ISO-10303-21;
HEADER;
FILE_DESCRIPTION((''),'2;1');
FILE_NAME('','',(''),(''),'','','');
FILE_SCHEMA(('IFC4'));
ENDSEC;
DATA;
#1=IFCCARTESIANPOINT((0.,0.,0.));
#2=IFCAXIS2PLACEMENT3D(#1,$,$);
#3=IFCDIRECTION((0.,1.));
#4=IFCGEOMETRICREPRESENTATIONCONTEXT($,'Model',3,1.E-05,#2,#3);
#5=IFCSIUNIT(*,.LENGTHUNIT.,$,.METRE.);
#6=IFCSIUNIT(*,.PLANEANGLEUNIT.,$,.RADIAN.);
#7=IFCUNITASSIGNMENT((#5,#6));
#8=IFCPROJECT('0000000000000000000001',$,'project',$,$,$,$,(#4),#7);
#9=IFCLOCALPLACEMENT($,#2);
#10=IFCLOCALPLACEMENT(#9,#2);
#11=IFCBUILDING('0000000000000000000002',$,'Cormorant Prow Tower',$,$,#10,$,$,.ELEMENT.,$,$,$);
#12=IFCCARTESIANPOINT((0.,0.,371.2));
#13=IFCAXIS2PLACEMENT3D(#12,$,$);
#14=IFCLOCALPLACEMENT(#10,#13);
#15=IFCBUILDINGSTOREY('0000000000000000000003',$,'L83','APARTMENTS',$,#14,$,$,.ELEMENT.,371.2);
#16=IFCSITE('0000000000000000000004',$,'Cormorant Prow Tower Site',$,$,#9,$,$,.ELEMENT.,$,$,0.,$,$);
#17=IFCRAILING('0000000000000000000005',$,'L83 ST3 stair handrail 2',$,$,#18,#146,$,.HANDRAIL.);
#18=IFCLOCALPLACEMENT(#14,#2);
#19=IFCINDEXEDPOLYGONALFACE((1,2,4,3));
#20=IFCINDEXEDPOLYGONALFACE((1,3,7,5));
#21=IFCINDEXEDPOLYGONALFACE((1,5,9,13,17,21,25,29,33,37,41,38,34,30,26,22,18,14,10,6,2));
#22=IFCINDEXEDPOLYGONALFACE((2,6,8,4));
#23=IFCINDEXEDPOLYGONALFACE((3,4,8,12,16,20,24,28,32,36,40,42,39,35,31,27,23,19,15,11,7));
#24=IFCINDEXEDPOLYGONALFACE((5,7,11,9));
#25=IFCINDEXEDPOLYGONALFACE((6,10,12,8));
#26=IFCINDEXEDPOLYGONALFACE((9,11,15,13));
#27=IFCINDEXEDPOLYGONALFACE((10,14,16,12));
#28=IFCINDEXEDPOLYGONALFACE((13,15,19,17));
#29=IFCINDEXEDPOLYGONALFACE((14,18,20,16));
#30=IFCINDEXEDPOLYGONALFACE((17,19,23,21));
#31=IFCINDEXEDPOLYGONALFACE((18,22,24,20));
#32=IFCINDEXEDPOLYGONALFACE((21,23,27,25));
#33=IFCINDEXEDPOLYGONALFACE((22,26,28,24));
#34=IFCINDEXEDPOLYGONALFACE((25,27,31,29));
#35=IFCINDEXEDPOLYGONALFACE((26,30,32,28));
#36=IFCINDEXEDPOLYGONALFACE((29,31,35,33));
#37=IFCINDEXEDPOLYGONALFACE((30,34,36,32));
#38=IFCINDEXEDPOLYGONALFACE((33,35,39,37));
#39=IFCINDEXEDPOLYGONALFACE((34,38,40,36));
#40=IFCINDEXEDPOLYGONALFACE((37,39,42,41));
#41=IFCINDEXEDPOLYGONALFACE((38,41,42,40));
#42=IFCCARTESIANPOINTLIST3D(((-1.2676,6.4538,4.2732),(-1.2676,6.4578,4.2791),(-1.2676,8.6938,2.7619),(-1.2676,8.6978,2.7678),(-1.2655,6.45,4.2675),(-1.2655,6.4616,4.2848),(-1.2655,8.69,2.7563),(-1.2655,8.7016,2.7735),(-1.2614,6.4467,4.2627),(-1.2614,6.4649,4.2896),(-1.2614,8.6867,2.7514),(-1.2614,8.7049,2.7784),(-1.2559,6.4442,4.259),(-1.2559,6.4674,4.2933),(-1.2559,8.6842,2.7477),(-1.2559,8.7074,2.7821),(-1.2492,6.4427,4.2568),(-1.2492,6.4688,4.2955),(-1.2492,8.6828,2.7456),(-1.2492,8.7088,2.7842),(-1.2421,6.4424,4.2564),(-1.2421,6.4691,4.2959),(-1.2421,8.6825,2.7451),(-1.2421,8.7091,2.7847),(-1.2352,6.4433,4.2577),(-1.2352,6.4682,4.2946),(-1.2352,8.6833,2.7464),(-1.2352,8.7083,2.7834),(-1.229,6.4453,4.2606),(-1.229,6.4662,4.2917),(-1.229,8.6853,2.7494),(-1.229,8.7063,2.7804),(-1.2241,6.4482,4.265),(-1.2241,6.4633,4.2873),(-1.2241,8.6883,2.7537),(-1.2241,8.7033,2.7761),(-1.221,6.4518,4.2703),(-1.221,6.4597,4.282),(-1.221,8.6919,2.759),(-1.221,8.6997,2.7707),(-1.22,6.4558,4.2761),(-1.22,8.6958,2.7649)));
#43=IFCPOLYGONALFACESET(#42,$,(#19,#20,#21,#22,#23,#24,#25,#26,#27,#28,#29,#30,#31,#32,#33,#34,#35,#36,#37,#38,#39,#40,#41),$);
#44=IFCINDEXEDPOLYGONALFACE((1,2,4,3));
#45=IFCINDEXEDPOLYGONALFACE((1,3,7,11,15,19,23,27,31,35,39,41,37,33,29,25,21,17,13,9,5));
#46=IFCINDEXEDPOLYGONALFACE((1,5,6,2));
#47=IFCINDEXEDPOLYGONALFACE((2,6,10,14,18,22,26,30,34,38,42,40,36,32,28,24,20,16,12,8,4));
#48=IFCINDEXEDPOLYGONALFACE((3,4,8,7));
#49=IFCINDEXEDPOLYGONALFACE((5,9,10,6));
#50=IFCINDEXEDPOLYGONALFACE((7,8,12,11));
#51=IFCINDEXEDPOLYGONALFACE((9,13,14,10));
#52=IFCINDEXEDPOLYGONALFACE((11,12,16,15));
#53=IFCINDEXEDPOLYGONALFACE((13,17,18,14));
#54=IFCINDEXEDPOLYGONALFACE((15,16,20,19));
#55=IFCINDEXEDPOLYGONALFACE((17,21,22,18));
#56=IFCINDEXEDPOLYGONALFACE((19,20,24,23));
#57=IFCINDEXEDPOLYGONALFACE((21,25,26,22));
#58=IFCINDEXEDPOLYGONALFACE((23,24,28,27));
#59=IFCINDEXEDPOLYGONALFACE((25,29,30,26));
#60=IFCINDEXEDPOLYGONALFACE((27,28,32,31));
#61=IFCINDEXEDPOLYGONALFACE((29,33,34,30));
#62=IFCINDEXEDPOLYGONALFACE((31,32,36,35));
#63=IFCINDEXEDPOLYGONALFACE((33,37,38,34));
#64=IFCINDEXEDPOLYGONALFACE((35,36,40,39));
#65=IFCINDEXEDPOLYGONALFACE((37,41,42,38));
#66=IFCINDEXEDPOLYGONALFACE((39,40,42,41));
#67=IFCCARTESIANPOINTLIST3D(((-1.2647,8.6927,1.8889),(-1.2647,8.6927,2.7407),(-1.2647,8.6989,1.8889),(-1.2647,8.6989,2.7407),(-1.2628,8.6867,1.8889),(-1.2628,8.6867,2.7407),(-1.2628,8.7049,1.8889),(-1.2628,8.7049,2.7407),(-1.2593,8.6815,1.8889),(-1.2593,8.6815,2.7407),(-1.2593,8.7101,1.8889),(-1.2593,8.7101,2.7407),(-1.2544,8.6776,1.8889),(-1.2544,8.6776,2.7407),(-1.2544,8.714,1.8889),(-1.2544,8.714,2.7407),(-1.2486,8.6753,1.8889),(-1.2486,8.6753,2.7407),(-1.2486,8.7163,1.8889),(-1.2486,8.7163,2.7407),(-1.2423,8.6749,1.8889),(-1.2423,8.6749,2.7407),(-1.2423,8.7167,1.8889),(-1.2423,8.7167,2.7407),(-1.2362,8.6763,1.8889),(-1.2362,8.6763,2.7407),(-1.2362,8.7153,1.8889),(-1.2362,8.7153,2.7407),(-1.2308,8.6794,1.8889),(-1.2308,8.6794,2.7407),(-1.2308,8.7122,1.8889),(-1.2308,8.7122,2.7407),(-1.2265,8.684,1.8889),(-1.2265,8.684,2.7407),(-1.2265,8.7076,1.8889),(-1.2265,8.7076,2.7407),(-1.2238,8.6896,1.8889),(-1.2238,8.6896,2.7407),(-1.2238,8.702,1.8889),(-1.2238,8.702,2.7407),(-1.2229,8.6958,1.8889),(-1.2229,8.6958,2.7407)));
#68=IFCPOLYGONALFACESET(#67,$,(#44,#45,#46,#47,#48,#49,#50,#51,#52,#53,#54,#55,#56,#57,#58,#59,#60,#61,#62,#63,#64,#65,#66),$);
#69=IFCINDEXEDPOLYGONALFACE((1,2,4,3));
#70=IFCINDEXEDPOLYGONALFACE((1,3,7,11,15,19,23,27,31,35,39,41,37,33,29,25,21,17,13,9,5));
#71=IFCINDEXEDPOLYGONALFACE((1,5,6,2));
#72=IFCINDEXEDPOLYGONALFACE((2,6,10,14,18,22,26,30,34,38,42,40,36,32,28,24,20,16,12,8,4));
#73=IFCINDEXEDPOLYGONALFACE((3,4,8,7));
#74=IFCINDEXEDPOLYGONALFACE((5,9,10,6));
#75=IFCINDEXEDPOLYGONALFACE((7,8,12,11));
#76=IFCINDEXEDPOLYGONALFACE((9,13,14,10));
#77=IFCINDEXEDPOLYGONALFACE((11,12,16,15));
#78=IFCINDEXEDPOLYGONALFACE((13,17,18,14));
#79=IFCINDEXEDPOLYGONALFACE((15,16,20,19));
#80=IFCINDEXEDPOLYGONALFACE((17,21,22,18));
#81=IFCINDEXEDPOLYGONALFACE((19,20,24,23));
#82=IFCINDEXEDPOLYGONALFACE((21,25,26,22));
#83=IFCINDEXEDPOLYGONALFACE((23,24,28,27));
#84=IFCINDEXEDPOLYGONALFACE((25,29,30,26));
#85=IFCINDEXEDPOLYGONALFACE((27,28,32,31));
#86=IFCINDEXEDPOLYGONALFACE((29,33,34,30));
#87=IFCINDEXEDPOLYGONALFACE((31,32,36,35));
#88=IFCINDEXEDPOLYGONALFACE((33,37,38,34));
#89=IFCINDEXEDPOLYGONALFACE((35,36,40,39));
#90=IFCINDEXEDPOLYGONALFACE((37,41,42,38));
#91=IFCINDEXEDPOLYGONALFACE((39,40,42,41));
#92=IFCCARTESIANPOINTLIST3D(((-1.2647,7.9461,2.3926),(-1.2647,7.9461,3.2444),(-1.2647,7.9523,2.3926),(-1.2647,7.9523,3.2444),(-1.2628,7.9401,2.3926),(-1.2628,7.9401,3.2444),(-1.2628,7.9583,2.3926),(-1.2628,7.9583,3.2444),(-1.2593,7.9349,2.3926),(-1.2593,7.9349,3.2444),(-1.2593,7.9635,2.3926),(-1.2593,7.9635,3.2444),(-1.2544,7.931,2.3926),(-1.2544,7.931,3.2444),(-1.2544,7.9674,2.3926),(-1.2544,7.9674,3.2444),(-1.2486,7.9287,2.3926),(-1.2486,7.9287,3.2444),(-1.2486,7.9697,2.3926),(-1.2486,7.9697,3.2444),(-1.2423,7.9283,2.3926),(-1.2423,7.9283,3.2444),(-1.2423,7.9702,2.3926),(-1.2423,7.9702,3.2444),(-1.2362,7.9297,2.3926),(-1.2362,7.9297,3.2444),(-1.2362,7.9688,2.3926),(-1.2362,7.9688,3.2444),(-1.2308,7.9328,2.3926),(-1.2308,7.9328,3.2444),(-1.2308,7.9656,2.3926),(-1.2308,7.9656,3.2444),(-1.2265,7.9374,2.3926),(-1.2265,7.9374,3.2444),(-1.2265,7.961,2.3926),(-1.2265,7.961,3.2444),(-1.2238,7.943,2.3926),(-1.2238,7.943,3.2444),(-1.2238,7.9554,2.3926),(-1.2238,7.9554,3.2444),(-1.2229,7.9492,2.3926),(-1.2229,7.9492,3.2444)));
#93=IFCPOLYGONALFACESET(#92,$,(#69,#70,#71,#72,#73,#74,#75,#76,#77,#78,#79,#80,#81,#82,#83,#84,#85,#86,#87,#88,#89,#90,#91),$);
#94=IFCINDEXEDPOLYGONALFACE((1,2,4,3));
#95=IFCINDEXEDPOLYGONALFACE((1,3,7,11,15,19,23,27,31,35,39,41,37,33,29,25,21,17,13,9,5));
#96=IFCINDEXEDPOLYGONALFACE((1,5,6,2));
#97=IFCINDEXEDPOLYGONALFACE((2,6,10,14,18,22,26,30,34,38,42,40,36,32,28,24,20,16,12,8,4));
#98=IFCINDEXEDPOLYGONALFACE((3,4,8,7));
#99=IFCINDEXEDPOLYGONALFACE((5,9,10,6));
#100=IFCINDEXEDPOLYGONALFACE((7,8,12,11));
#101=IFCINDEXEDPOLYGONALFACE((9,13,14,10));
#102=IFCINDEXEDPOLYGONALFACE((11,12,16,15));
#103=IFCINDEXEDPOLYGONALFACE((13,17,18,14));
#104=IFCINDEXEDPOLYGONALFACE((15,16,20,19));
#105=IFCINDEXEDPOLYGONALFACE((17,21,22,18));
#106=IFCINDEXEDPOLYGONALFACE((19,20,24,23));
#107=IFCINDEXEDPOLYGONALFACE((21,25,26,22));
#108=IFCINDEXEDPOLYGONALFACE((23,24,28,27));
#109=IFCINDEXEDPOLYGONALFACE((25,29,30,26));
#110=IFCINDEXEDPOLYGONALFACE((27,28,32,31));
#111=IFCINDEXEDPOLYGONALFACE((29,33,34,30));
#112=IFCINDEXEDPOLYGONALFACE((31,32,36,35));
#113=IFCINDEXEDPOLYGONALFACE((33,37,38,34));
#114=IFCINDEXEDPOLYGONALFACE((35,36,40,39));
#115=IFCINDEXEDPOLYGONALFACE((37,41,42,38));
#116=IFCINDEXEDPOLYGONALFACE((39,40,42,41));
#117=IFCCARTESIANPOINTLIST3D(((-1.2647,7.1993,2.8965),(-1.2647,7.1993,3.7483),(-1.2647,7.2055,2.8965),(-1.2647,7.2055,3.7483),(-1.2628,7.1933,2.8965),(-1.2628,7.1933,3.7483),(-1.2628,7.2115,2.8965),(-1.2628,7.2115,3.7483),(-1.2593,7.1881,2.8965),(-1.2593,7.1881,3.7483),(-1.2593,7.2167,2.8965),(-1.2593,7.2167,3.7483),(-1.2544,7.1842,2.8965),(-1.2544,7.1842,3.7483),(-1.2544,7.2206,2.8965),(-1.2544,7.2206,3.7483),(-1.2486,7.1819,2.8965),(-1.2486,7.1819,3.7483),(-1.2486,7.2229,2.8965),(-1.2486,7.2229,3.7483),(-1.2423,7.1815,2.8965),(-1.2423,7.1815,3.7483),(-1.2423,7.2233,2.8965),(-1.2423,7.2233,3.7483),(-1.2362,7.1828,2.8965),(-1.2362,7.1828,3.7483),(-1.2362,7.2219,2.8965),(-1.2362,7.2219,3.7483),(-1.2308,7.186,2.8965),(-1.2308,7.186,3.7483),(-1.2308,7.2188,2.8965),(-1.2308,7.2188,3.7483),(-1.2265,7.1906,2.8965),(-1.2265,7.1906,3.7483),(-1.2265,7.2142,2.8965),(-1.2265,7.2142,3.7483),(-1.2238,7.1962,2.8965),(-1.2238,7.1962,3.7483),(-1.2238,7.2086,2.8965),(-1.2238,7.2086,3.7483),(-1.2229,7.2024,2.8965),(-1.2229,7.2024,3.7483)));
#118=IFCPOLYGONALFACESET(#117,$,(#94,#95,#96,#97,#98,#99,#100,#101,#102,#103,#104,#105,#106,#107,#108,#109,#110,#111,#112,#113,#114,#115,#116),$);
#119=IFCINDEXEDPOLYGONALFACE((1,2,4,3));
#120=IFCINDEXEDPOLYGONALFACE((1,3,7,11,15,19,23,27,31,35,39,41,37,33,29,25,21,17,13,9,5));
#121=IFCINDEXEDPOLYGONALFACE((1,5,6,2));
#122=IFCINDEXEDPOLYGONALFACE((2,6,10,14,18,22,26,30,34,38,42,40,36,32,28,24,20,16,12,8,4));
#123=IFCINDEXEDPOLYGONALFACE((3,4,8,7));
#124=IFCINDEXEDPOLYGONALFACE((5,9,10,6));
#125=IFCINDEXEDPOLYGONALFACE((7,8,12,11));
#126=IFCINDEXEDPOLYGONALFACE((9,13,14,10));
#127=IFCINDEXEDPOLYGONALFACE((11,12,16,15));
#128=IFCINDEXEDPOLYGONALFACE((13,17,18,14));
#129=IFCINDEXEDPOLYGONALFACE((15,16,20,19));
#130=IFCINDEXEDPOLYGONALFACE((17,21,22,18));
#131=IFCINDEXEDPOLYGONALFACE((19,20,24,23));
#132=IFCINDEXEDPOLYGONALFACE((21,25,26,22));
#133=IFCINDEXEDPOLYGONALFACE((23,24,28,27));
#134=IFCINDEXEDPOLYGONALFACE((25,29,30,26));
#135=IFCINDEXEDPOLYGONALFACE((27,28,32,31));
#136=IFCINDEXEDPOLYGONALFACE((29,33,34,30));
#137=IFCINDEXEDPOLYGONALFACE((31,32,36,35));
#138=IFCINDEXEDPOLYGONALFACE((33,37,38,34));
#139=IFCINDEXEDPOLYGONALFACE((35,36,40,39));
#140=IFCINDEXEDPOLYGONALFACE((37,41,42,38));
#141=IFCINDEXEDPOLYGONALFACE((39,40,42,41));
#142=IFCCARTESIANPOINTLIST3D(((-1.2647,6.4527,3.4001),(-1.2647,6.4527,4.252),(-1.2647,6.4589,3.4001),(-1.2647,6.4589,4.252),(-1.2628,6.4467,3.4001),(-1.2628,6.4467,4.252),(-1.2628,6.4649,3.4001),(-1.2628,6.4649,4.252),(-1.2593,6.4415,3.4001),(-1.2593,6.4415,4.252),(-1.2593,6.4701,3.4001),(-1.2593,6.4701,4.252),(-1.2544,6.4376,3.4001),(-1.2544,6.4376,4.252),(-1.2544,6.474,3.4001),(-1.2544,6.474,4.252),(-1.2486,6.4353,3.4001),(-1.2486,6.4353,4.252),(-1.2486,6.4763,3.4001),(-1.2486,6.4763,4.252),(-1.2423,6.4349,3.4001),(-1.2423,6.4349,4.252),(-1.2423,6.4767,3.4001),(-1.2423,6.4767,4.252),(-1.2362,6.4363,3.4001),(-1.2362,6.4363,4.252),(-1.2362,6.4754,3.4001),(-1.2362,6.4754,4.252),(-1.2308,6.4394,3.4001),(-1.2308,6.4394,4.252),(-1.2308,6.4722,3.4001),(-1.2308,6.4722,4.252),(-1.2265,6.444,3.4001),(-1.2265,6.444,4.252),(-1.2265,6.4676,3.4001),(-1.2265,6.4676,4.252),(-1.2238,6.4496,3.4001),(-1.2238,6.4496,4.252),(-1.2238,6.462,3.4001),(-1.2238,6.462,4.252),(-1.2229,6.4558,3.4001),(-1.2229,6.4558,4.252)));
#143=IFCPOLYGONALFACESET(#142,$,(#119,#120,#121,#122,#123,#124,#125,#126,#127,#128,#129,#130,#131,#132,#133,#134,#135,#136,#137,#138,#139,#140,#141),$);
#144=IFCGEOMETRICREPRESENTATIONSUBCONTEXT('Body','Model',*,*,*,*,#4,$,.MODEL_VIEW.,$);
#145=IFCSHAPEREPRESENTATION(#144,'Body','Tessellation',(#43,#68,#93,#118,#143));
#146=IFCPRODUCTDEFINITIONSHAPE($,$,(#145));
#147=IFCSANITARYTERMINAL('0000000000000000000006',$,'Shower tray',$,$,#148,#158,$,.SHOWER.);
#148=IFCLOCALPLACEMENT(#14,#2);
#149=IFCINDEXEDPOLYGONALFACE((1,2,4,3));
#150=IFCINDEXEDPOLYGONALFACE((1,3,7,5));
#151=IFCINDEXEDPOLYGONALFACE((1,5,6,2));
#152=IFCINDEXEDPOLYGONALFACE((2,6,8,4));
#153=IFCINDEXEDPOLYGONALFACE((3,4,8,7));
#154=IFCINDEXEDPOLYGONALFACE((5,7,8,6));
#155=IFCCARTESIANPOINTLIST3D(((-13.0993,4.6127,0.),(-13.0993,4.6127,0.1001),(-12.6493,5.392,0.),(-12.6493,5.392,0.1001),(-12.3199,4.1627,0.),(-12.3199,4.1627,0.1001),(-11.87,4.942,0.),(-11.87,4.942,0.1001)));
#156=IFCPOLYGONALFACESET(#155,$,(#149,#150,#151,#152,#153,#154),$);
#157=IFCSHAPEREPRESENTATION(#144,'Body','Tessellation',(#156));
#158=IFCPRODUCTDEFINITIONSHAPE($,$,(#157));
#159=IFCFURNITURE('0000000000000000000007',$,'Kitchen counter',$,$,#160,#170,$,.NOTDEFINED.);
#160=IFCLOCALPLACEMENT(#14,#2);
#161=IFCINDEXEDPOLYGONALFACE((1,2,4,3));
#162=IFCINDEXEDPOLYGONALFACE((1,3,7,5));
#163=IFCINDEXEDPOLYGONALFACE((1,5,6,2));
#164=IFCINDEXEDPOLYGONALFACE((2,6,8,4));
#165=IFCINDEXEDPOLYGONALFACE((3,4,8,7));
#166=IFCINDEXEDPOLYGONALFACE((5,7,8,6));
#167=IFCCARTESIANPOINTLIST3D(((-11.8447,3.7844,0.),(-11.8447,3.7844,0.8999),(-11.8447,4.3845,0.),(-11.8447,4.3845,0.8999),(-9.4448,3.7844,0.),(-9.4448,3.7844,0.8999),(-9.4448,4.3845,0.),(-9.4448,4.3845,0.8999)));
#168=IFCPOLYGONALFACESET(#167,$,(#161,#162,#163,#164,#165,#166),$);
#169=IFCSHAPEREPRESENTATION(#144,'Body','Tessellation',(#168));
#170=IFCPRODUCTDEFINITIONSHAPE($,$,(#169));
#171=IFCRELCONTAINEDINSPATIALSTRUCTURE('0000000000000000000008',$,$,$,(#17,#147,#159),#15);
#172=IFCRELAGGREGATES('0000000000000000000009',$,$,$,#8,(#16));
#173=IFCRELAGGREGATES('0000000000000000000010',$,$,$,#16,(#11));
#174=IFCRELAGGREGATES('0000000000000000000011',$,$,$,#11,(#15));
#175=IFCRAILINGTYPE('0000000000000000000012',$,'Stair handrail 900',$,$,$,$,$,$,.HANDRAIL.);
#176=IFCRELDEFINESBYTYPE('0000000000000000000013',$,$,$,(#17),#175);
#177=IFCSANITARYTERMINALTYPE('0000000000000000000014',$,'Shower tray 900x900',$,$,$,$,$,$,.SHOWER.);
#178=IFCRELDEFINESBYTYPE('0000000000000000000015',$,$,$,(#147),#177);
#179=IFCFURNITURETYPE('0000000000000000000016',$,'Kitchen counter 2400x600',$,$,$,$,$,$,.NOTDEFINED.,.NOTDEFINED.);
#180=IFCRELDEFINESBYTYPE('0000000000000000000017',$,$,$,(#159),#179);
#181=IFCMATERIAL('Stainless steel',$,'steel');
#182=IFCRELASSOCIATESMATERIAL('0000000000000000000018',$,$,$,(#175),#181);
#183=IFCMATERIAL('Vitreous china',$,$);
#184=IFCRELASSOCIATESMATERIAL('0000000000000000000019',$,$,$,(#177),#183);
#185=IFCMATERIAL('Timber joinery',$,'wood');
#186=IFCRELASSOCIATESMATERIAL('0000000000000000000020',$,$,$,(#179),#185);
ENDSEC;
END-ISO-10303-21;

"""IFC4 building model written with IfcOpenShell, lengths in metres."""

from ifc_helpers import new_model, si_unit, direction, frame, origin, origin_2d, place, context, subcontext, project, spatial, rectangle, circle, extrude, material, type_object, element, save


model = new_model("IFC4")

# Units and contexts
model_context = context("Model", 3, precision=1e-05, world=origin(), true_north=direction((0.0, 1.0)))
body_context = subcontext(model_context, "Body", "Model", "MODEL_VIEW")
ifc_project = project(units=[si_unit("LENGTHUNIT", "METRE"), si_unit("PLANEANGLEUNIT", "RADIAN")], contexts=[model_context])

# Site, building, storey
site_placement = place(None, origin())
site = spatial("IfcSite", under=ifc_project, at=site_placement, Name="Cormorant Prow Tower Site", CompositionType="ELEMENT", RefElevation=0.0)
building_placement = place(site_placement, origin())
building = spatial("IfcBuilding", under=site, at=building_placement, Name="Cormorant Prow Tower", CompositionType="ELEMENT")
storey_placement = place(building_placement, frame((0.0, 0.0, 371.2)))
storey = spatial("IfcBuildingStorey", under=building, at=storey_placement, Name="L83", Description="APARTMENTS", CompositionType="ELEMENT", Elevation=371.2)

# Railing
ifc_material_1 = material(Name="Stainless steel", Category="steel")
railing_type = type_object("IfcRailingType", Name="Stair handrail 900", PredefinedType="HANDRAIL", material=ifc_material_1)
railing_placement = place(storey_placement, frame((-1.2439, 8.6958, 1.8889)))
element("IfcRailing", 1, at=railing_placement, inside=storey, type_object=railing_type, Name="L83 ST3 stair handrail 2", PredefinedType="HANDRAIL", context=body_context, shape_type="SweptSolid", body=[
    extrude(circle(Radius=0.0239, at=origin_2d()), frame((0.0, 0.0, 0.876), z_axis=(0.0, -0.82898, 0.559279), x_axis=(1.0, 0.0, 0.0)), (0.0, 0.0, 1.0), 2.7021),
    extrude(circle(Radius=0.021, at=origin_2d()), origin(), (0.0, 0.0, 1.0), 0.8518),
    extrude(circle(Radius=0.021, at=origin_2d()), frame((0.0, -0.7466, 0.5037)), (0.0, 0.0, 1.0), 0.8518),
    extrude(circle(Radius=0.021, at=origin_2d()), frame((0.0, -1.4934, 1.0076)), (0.0, 0.0, 1.0), 0.8518),
    extrude(circle(Radius=0.021, at=origin_2d()), frame((0.0, -2.24, 1.5112)), (0.0, 0.0, 1.0), 0.8518),
])

# Sanitary terminal
ifc_material_2 = material(Name="Vitreous china")
sanitary_terminal_type = type_object("IfcSanitaryTerminalType", Name="Shower tray 900x900", PredefinedType="SHOWER", material=ifc_material_2)
sanitary_terminal_placement = place(storey_placement, frame((-12.4846, 4.7773, 0.0), z_axis=(0.0, 0.0, 1.0), x_axis=(-0.866025, 0.5, 0.0)))
element("IfcSanitaryTerminal", 2, at=sanitary_terminal_placement, inside=storey, type_object=sanitary_terminal_type, Name="Shower tray", PredefinedType="SHOWER", context=body_context, shape_type="SweptSolid", body=[
    extrude(rectangle(XDim=0.8999, YDim=0.8999, at=origin_2d()), origin(), (0.0, 0.0, 1.0), 0.1001),
])

# Furniture
ifc_material_3 = material(Name="Timber joinery", Category="wood")
furniture_type = type_object("IfcFurnitureType", Name="Kitchen counter 2400x600", AssemblyPlace="NOTDEFINED", PredefinedType="NOTDEFINED", material=ifc_material_3)
furniture_placement = place(storey_placement, frame((-10.6448, 4.0845, 0.0), z_axis=(0.0, 0.0, 1.0), x_axis=(1.0, 0.0, 0.0)))
element("IfcFurniture", 3, at=furniture_placement, inside=storey, type_object=furniture_type, Name="Kitchen counter", PredefinedType="NOTDEFINED", context=body_context, shape_type="SweptSolid", body=[
    extrude(rectangle(XDim=2.3999, YDim=0.6001, at=origin_2d()), origin(), (0.0, 0.0, 1.0), 0.8999),
])

save(model, "model.ifc")
